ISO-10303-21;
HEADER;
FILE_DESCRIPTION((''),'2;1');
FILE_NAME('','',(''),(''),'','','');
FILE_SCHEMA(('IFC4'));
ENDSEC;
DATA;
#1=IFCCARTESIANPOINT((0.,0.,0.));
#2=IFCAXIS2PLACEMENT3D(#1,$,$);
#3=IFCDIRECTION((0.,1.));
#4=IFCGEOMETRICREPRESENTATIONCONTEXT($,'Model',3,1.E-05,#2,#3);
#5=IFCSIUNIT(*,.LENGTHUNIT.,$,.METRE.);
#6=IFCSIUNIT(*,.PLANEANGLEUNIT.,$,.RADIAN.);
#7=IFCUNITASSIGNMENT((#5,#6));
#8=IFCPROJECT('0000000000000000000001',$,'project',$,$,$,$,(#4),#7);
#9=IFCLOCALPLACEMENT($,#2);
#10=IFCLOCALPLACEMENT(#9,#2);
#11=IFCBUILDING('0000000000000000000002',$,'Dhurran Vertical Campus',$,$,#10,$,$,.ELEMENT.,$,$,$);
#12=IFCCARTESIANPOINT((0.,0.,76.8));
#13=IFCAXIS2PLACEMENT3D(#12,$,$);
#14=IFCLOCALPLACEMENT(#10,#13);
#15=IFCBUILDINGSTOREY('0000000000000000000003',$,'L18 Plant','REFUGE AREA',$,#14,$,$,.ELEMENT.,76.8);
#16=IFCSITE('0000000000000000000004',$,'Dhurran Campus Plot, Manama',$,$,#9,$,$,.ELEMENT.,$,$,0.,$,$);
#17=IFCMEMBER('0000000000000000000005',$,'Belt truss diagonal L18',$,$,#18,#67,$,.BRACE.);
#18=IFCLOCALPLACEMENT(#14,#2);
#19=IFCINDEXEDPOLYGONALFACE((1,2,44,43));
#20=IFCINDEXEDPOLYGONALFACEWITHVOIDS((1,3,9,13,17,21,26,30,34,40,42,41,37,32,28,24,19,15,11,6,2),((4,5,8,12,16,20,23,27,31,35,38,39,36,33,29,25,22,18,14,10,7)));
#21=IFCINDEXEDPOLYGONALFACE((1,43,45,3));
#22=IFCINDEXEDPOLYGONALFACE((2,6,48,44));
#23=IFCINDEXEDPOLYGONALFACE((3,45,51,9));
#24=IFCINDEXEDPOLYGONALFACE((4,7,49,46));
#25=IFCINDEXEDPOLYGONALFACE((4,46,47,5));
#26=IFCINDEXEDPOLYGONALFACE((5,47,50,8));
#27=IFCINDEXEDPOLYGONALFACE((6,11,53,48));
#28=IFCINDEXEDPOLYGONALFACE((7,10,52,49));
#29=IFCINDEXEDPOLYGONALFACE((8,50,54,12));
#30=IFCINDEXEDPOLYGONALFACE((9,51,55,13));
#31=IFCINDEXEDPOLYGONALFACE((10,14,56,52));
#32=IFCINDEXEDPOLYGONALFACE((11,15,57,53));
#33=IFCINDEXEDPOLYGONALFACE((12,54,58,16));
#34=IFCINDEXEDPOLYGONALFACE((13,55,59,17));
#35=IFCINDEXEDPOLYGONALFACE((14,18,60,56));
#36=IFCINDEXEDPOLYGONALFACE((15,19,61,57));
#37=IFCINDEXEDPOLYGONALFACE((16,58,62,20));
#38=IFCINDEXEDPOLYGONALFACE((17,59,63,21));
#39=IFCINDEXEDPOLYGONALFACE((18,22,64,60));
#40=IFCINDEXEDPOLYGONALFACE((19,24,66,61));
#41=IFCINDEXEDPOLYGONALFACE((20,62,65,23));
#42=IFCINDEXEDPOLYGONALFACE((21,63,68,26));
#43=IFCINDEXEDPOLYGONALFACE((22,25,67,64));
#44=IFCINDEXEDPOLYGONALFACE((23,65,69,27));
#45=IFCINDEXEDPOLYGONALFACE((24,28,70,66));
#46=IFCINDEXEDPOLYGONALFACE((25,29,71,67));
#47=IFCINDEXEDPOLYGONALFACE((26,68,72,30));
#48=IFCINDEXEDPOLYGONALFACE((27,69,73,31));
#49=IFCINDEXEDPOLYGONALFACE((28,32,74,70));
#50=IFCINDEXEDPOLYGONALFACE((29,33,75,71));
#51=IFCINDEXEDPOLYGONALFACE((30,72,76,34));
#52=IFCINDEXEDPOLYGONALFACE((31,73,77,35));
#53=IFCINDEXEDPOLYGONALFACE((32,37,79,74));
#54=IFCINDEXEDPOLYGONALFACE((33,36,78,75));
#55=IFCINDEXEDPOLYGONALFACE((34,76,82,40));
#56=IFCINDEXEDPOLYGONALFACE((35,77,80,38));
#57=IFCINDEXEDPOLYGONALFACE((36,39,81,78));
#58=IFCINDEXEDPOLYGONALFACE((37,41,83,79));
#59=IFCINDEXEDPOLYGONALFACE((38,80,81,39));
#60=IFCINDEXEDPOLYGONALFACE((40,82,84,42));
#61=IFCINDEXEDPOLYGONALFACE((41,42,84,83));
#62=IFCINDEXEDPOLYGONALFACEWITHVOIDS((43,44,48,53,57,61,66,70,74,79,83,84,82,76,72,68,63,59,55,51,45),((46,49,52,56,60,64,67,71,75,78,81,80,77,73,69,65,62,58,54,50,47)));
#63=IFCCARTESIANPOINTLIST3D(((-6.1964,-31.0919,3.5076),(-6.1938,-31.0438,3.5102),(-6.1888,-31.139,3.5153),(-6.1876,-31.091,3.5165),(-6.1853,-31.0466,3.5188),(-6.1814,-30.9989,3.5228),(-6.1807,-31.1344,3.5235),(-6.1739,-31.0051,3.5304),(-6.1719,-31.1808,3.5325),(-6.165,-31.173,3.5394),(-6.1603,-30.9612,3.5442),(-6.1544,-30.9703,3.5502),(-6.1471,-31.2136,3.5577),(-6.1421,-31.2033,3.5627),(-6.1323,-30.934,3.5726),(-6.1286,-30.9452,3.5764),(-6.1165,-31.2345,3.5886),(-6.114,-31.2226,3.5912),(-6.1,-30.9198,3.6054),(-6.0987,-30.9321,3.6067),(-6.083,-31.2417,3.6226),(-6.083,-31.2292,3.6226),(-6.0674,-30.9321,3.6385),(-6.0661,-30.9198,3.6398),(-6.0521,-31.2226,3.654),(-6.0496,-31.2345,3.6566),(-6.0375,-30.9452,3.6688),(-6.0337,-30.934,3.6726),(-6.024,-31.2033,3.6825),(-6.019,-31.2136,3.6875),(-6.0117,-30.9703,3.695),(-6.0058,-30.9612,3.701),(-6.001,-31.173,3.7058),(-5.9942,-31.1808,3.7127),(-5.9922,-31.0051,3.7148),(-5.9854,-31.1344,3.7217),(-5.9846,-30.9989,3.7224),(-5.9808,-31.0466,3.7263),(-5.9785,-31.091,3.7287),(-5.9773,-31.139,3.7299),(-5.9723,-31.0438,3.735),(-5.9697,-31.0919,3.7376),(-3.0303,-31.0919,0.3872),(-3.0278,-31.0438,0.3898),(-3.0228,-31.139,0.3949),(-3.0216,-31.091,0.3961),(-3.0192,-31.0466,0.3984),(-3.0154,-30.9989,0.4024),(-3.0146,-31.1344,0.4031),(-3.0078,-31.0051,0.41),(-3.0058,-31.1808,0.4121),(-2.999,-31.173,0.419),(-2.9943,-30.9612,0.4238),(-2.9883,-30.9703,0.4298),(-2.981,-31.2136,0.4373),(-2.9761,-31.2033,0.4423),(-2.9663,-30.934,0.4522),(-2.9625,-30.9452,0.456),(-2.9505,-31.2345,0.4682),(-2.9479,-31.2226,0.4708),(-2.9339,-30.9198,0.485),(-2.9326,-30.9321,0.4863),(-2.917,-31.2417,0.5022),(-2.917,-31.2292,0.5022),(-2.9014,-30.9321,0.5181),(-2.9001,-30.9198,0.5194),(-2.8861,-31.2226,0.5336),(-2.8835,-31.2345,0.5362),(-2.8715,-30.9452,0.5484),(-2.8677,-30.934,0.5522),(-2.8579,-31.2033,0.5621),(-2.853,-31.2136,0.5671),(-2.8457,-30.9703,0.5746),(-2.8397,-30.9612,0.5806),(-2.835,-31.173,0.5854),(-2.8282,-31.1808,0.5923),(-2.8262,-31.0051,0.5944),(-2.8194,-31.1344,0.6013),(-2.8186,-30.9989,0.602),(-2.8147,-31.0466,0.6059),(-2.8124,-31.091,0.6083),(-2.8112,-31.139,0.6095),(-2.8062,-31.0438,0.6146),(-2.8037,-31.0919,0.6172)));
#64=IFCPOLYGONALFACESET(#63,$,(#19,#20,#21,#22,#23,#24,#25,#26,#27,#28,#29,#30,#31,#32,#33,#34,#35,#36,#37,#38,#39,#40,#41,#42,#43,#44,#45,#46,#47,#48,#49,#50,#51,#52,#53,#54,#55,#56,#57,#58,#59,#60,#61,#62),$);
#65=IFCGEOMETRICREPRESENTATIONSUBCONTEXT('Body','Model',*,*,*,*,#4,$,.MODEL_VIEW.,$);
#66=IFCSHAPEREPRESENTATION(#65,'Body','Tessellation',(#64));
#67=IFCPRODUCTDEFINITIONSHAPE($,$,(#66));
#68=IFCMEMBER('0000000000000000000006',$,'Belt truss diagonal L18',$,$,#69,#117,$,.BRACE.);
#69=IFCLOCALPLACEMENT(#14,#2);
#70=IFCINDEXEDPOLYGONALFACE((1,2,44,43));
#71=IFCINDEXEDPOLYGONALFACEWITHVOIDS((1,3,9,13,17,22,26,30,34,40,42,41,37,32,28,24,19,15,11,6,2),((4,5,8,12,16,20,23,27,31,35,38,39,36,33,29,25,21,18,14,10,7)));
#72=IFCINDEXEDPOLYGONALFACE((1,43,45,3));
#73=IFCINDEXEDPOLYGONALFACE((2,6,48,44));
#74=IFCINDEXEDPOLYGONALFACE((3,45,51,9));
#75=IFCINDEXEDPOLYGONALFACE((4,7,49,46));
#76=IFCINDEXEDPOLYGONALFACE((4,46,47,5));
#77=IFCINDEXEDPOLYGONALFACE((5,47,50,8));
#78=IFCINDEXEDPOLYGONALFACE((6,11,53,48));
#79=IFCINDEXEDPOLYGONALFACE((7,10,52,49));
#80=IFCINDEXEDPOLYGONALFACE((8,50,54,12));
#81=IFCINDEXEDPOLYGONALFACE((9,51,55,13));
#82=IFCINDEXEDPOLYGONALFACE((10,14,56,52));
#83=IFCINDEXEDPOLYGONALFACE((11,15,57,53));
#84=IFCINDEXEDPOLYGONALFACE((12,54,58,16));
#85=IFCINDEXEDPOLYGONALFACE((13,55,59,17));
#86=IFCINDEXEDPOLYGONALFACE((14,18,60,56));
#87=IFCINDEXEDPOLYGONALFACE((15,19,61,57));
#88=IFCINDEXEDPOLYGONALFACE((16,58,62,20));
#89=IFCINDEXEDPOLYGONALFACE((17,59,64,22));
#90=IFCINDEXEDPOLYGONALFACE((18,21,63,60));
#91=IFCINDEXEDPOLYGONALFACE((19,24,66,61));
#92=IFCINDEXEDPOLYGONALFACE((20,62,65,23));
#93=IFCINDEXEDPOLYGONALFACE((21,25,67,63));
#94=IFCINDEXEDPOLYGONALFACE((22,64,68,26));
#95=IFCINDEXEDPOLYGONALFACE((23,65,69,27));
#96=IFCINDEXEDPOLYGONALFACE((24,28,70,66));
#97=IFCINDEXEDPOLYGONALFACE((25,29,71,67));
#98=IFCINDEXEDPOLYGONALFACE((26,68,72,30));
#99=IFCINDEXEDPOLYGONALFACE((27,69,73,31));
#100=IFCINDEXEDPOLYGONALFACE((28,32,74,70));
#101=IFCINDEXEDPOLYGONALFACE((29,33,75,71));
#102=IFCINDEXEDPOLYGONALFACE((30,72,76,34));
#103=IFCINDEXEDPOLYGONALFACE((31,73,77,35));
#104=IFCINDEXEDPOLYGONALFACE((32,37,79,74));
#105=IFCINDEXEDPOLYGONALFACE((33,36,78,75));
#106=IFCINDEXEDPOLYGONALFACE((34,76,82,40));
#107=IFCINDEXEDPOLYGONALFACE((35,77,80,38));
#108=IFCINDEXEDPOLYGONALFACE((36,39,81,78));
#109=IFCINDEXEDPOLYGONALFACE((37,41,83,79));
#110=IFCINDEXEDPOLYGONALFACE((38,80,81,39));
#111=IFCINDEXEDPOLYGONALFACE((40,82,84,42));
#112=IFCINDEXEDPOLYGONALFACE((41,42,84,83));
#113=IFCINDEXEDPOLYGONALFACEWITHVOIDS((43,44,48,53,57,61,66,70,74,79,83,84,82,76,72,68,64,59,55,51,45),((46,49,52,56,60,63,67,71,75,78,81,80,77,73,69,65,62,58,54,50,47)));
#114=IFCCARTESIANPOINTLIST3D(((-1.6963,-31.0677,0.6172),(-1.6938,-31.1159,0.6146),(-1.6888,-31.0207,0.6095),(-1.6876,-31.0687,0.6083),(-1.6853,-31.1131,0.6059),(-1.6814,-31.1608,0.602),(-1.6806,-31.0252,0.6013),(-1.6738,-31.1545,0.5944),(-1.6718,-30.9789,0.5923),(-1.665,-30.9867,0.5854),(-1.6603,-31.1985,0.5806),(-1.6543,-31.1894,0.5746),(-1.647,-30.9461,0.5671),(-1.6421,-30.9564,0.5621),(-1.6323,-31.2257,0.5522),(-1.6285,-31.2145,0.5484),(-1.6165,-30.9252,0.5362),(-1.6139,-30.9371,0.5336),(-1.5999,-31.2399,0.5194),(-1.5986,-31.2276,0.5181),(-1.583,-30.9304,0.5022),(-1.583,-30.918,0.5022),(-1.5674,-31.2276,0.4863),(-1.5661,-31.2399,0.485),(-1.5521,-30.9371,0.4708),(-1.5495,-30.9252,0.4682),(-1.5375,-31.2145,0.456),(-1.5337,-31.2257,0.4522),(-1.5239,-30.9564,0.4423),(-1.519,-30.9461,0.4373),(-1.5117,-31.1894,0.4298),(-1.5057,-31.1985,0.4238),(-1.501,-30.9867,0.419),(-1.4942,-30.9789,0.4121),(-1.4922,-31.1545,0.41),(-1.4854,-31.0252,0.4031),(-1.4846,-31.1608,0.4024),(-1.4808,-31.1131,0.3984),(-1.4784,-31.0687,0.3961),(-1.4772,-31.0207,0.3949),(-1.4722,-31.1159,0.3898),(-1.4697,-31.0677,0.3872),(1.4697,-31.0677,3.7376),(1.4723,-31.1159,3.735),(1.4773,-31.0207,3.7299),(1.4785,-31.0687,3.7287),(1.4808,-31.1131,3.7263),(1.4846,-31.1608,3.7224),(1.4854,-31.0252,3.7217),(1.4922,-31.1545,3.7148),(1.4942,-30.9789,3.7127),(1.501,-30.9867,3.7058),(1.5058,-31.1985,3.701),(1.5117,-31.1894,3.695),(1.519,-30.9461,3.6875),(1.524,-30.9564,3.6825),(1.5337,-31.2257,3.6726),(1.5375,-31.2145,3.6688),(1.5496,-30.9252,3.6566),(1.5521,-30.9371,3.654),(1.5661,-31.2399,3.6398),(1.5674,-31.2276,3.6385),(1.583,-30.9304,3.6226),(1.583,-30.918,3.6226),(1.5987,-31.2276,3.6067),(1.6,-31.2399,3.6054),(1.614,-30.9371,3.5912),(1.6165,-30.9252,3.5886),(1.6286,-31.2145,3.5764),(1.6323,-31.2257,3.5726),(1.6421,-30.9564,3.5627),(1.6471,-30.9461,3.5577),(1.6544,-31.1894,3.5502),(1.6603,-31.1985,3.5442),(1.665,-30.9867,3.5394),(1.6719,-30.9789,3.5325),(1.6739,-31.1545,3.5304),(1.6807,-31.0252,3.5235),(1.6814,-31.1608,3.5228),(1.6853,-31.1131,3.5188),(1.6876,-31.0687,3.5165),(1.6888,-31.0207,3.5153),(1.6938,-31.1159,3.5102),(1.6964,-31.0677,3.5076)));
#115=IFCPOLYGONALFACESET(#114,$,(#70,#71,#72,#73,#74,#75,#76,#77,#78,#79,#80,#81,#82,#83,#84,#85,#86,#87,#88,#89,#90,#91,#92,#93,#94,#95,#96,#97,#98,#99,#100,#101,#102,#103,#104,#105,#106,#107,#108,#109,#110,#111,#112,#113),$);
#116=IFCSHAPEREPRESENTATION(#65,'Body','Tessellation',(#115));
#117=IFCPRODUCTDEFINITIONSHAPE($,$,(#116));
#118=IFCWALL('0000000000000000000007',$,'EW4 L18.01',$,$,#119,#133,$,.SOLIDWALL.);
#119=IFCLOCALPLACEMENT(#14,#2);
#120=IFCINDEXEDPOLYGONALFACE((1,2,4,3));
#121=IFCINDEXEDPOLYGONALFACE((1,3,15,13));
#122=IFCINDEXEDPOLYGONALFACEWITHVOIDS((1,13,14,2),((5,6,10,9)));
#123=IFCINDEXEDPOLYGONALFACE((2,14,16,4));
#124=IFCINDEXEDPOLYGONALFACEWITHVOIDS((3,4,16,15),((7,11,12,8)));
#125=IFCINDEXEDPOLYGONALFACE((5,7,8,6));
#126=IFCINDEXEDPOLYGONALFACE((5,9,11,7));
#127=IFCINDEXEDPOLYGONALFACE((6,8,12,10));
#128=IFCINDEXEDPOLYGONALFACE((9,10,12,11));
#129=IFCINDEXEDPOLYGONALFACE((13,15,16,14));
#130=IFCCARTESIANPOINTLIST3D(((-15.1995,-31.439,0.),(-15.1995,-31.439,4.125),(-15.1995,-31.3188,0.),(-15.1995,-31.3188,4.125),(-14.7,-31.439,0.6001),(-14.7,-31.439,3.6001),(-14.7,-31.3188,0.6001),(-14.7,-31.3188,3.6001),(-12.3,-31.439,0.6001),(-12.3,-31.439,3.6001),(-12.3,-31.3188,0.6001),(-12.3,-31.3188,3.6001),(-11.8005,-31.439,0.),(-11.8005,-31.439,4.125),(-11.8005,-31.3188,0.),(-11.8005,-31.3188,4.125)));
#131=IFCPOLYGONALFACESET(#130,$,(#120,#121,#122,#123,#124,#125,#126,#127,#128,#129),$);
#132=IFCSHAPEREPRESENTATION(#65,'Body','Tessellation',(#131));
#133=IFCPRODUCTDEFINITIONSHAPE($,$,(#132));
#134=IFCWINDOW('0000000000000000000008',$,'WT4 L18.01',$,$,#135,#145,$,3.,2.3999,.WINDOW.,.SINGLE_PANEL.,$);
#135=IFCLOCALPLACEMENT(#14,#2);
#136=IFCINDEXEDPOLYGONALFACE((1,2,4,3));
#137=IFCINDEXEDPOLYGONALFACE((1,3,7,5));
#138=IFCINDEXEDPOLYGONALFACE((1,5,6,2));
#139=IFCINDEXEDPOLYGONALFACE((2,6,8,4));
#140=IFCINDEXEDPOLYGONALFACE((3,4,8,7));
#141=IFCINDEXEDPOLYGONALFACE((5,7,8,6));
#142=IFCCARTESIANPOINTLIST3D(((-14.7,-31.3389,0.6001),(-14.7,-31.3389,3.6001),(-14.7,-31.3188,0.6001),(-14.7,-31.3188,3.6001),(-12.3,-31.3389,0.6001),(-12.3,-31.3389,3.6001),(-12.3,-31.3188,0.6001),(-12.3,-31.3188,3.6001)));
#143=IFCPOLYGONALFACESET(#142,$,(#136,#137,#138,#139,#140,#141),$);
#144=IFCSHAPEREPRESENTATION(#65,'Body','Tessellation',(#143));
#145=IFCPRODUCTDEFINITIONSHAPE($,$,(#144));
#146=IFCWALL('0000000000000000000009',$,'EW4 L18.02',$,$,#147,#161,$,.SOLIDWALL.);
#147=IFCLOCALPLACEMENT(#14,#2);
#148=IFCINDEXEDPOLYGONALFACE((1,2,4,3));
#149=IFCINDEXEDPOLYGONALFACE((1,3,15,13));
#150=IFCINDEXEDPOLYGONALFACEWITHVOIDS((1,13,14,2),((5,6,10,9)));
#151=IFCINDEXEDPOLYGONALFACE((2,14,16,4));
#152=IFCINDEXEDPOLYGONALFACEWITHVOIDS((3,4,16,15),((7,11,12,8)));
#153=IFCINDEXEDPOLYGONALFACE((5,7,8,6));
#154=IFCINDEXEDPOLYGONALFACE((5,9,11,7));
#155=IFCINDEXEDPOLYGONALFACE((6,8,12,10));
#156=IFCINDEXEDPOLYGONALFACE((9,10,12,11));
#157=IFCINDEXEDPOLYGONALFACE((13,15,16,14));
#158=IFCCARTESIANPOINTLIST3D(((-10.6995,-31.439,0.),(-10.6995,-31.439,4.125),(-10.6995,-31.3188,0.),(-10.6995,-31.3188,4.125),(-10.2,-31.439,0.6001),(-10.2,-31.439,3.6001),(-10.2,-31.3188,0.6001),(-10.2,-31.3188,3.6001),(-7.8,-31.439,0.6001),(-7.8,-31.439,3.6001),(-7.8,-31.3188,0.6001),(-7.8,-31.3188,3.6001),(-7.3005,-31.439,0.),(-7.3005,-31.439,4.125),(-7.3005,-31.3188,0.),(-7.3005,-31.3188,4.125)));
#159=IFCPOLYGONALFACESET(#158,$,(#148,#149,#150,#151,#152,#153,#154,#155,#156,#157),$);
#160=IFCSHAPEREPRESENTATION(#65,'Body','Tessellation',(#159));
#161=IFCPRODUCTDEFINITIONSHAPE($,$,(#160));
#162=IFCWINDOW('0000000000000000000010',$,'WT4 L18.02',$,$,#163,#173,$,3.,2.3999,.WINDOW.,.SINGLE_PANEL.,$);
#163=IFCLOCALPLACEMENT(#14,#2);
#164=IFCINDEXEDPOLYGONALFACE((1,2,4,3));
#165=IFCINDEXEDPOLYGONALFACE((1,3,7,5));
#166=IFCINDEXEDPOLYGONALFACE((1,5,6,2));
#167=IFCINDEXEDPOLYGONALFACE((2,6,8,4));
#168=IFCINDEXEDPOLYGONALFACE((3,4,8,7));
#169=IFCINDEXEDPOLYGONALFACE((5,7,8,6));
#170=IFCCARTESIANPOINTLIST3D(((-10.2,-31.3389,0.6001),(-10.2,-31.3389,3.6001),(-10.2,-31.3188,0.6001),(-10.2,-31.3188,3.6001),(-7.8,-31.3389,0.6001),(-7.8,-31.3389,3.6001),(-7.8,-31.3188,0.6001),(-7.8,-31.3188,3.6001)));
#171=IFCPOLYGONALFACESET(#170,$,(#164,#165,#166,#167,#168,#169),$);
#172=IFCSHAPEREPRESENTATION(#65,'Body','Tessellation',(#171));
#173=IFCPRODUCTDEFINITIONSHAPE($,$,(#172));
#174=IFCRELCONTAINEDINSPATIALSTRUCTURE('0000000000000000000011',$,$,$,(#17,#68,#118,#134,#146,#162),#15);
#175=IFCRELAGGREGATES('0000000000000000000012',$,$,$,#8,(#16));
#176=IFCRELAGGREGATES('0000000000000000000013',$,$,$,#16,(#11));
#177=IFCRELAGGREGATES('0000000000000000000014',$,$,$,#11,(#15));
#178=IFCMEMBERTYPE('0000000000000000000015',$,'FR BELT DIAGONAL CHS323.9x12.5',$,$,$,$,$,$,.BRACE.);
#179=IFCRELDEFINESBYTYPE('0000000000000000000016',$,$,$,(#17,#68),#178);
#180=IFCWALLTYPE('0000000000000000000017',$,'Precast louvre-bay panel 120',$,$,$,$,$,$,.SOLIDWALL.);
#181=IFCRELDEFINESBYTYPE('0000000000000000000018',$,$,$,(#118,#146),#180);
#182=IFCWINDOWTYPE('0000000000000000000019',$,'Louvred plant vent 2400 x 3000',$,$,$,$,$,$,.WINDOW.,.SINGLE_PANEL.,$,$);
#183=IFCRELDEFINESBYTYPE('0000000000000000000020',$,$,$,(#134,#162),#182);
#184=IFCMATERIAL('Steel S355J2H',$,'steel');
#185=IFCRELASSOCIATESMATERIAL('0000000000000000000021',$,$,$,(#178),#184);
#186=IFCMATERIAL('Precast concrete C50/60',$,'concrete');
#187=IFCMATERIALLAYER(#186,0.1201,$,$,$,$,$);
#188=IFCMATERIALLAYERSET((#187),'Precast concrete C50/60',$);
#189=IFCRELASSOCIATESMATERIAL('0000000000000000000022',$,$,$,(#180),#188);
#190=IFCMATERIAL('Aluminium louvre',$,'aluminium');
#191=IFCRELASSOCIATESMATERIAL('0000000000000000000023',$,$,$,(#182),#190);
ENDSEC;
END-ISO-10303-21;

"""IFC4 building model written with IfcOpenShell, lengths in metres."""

from ifc_helpers import new_model, si_unit, direction, frame, frame_2d, origin, origin_2d, place, context, subcontext, project, spatial, rectangle, hollow_circle, extrude, material, layer, layer_set, material_profile, profile_set, type_object, element, fill, save


model = new_model("IFC4")

# Units and contexts
model_context = context("Model", 3, precision=1e-05, world=origin(), true_north=direction((0.0, 1.0)))
body_context = subcontext(model_context, "Body", "Model", "MODEL_VIEW")
ifc_project = project(units=[si_unit("LENGTHUNIT", "METRE"), si_unit("PLANEANGLEUNIT", "RADIAN")], contexts=[model_context])

# Site, building, storey
site_placement = place(None, origin())
site = spatial("IfcSite", under=ifc_project, at=site_placement, Name="Dhurran Campus Plot, Manama", CompositionType="ELEMENT", RefElevation=0.0)
building_placement = place(site_placement, origin())
building = spatial("IfcBuilding", under=site, at=building_placement, Name="Dhurran Vertical Campus", CompositionType="ELEMENT")
storey_placement = place(building_placement, frame((0.0, 0.0, 76.8)))
storey = spatial("IfcBuildingStorey", under=building, at=storey_placement, Name="L18 Plant", Description="REFUGE AREA", CompositionType="ELEMENT", Elevation=76.8)

# Members
ifc_material_1 = material(Name="Steel S355J2H", Category="steel")
ifc_material_profile_1 = material_profile(ifc_material_1, hollow_circle(Radius=0.1619, WallThickness=0.0125, at=origin_2d()), Name="CHS323.9x12.5")
ifc_profile_set_1 = profile_set([ifc_material_profile_1], Name="Steel S355J2H")
member_type = type_object("IfcMemberType", Name="FR BELT DIAGONAL CHS323.9x12.5", PredefinedType="BRACE", material=ifc_profile_set_1)
for number, where, z_axis, x_axis, name in (
    (1, (-2.917, -31.0798, 0.5022), (-0.712223, 0.0, 0.701953), (0.0, -1.0, 0.0), "Belt truss diagonal L18"),
    (2, (-1.583, -31.0798, 0.5022), (0.712223, 0.0, 0.701953), (0.0, 1.0, 0.0), "Belt truss diagonal L18"),
):
    element("IfcMember", number, at=place(storey_placement, frame(where, z_axis=z_axis, x_axis=x_axis)), inside=storey, type_object=member_type, Name=name, PredefinedType="BRACE", context=body_context, shape_type="SweptSolid", body=[
        extrude(hollow_circle(Radius=0.1619, WallThickness=0.0125, at=origin_2d()), origin(), (0.0, 0.0, 1.0), 4.4453),
    ])

# Walls, openings, windows
ifc_material_2 = material(Name="Precast concrete C50/60", Category="concrete")
ifc_layer = layer(ifc_material_2, 0.1201)
ifc_layer_set = layer_set([ifc_layer], Name="Precast concrete C50/60")
wall_type = type_object("IfcWallType", Name="Precast louvre-bay panel 120", PredefinedType="SOLIDWALL", material=ifc_layer_set)
wall_1_placement = place(storey_placement, frame((-15.1995, -31.3789, 0.0), z_axis=(0.0, 0.0, 1.0), x_axis=(1.0, 0.0, 0.0)))
wall_1 = element("IfcWall", 3, at=wall_1_placement, inside=storey, type_object=wall_type, Name="EW4 L18.01", PredefinedType="SOLIDWALL", context=body_context, shape_type="SweptSolid", body=[
    extrude(rectangle(XDim=3.3989, YDim=0.1201, at=frame_2d((1.6995, 0.0))), origin(), (0.0, 0.0, 1.0), 4.125),
])
opening_1_placement = place(wall_1_placement, frame((0.4995, 0.0, 0.6001)))
opening_1 = element("IfcOpeningElement", 4, at=opening_1_placement, cuts=wall_1, PredefinedType="OPENING", context=body_context, shape_type="SweptSolid", body=[
    extrude(rectangle(XDim=2.3999, YDim=3.0, at=frame_2d((1.2, 1.5))), frame((0.0, 0.0701, 0.0), z_axis=(0.0, -1.0, 0.0), x_axis=(1.0, 0.0, 0.0)), (0.0, 0.0, 1.0), 0.1401),
])
ifc_material_3 = material(Name="Aluminium louvre", Category="aluminium")
window_type = type_object("IfcWindowType", Name="Louvred plant vent 2400 x 3000", PartitioningType="SINGLE_PANEL", PredefinedType="WINDOW", material=ifc_material_3)
window_1_placement = place(opening_1_placement, origin())
window_1 = element("IfcWindow", 5, at=window_1_placement, inside=storey, type_object=window_type, Name="WT4 L18.01", OverallHeight=3.0, OverallWidth=2.3999, PartitioningType="SINGLE_PANEL", PredefinedType="WINDOW", context=body_context, shape_type="SweptSolid", body=[
    extrude(rectangle(XDim=2.3999, YDim=3.0, at=frame_2d((1.2, 1.5))), frame((0.0, 0.0601, 0.0), z_axis=(0.0, -1.0, 0.0), x_axis=(1.0, 0.0, 0.0)), (0.0, 0.0, 1.0), 0.02),
])
fill(opening_1, window_1)
wall_2_placement = place(storey_placement, frame((-10.6995, -31.3789, 0.0), z_axis=(0.0, 0.0, 1.0), x_axis=(1.0, 0.0, 0.0)))
wall_2 = element("IfcWall", 6, at=wall_2_placement, inside=storey, type_object=wall_type, Name="EW4 L18.02", PredefinedType="SOLIDWALL", context=body_context, shape_type="SweptSolid", body=[
    extrude(rectangle(XDim=3.3989, YDim=0.1201, at=frame_2d((1.6995, 0.0))), origin(), (0.0, 0.0, 1.0), 4.125),
])
opening_2_placement = place(wall_2_placement, frame((0.4995, 0.0, 0.6001)))
opening_2 = element("IfcOpeningElement", 7, at=opening_2_placement, cuts=wall_2, PredefinedType="OPENING", context=body_context, shape_type="SweptSolid", body=[
    extrude(rectangle(XDim=2.3999, YDim=3.0, at=frame_2d((1.2, 1.5))), frame((0.0, 0.0701, 0.0), z_axis=(0.0, -1.0, 0.0), x_axis=(1.0, 0.0, 0.0)), (0.0, 0.0, 1.0), 0.1401),
])
window_2_placement = place(opening_2_placement, origin())
window_2 = element("IfcWindow", 8, at=window_2_placement, inside=storey, type_object=window_type, Name="WT4 L18.02", OverallHeight=3.0, OverallWidth=2.3999, PartitioningType="SINGLE_PANEL", PredefinedType="WINDOW", context=body_context, shape_type="SweptSolid", body=[
    extrude(rectangle(XDim=2.3999, YDim=3.0, at=frame_2d((1.2, 1.5))), frame((0.0, 0.0601, 0.0), z_axis=(0.0, -1.0, 0.0), x_axis=(1.0, 0.0, 0.0)), (0.0, 0.0, 1.0), 0.02),
])
fill(opening_2, window_2)

save(model, "model.ifc")
